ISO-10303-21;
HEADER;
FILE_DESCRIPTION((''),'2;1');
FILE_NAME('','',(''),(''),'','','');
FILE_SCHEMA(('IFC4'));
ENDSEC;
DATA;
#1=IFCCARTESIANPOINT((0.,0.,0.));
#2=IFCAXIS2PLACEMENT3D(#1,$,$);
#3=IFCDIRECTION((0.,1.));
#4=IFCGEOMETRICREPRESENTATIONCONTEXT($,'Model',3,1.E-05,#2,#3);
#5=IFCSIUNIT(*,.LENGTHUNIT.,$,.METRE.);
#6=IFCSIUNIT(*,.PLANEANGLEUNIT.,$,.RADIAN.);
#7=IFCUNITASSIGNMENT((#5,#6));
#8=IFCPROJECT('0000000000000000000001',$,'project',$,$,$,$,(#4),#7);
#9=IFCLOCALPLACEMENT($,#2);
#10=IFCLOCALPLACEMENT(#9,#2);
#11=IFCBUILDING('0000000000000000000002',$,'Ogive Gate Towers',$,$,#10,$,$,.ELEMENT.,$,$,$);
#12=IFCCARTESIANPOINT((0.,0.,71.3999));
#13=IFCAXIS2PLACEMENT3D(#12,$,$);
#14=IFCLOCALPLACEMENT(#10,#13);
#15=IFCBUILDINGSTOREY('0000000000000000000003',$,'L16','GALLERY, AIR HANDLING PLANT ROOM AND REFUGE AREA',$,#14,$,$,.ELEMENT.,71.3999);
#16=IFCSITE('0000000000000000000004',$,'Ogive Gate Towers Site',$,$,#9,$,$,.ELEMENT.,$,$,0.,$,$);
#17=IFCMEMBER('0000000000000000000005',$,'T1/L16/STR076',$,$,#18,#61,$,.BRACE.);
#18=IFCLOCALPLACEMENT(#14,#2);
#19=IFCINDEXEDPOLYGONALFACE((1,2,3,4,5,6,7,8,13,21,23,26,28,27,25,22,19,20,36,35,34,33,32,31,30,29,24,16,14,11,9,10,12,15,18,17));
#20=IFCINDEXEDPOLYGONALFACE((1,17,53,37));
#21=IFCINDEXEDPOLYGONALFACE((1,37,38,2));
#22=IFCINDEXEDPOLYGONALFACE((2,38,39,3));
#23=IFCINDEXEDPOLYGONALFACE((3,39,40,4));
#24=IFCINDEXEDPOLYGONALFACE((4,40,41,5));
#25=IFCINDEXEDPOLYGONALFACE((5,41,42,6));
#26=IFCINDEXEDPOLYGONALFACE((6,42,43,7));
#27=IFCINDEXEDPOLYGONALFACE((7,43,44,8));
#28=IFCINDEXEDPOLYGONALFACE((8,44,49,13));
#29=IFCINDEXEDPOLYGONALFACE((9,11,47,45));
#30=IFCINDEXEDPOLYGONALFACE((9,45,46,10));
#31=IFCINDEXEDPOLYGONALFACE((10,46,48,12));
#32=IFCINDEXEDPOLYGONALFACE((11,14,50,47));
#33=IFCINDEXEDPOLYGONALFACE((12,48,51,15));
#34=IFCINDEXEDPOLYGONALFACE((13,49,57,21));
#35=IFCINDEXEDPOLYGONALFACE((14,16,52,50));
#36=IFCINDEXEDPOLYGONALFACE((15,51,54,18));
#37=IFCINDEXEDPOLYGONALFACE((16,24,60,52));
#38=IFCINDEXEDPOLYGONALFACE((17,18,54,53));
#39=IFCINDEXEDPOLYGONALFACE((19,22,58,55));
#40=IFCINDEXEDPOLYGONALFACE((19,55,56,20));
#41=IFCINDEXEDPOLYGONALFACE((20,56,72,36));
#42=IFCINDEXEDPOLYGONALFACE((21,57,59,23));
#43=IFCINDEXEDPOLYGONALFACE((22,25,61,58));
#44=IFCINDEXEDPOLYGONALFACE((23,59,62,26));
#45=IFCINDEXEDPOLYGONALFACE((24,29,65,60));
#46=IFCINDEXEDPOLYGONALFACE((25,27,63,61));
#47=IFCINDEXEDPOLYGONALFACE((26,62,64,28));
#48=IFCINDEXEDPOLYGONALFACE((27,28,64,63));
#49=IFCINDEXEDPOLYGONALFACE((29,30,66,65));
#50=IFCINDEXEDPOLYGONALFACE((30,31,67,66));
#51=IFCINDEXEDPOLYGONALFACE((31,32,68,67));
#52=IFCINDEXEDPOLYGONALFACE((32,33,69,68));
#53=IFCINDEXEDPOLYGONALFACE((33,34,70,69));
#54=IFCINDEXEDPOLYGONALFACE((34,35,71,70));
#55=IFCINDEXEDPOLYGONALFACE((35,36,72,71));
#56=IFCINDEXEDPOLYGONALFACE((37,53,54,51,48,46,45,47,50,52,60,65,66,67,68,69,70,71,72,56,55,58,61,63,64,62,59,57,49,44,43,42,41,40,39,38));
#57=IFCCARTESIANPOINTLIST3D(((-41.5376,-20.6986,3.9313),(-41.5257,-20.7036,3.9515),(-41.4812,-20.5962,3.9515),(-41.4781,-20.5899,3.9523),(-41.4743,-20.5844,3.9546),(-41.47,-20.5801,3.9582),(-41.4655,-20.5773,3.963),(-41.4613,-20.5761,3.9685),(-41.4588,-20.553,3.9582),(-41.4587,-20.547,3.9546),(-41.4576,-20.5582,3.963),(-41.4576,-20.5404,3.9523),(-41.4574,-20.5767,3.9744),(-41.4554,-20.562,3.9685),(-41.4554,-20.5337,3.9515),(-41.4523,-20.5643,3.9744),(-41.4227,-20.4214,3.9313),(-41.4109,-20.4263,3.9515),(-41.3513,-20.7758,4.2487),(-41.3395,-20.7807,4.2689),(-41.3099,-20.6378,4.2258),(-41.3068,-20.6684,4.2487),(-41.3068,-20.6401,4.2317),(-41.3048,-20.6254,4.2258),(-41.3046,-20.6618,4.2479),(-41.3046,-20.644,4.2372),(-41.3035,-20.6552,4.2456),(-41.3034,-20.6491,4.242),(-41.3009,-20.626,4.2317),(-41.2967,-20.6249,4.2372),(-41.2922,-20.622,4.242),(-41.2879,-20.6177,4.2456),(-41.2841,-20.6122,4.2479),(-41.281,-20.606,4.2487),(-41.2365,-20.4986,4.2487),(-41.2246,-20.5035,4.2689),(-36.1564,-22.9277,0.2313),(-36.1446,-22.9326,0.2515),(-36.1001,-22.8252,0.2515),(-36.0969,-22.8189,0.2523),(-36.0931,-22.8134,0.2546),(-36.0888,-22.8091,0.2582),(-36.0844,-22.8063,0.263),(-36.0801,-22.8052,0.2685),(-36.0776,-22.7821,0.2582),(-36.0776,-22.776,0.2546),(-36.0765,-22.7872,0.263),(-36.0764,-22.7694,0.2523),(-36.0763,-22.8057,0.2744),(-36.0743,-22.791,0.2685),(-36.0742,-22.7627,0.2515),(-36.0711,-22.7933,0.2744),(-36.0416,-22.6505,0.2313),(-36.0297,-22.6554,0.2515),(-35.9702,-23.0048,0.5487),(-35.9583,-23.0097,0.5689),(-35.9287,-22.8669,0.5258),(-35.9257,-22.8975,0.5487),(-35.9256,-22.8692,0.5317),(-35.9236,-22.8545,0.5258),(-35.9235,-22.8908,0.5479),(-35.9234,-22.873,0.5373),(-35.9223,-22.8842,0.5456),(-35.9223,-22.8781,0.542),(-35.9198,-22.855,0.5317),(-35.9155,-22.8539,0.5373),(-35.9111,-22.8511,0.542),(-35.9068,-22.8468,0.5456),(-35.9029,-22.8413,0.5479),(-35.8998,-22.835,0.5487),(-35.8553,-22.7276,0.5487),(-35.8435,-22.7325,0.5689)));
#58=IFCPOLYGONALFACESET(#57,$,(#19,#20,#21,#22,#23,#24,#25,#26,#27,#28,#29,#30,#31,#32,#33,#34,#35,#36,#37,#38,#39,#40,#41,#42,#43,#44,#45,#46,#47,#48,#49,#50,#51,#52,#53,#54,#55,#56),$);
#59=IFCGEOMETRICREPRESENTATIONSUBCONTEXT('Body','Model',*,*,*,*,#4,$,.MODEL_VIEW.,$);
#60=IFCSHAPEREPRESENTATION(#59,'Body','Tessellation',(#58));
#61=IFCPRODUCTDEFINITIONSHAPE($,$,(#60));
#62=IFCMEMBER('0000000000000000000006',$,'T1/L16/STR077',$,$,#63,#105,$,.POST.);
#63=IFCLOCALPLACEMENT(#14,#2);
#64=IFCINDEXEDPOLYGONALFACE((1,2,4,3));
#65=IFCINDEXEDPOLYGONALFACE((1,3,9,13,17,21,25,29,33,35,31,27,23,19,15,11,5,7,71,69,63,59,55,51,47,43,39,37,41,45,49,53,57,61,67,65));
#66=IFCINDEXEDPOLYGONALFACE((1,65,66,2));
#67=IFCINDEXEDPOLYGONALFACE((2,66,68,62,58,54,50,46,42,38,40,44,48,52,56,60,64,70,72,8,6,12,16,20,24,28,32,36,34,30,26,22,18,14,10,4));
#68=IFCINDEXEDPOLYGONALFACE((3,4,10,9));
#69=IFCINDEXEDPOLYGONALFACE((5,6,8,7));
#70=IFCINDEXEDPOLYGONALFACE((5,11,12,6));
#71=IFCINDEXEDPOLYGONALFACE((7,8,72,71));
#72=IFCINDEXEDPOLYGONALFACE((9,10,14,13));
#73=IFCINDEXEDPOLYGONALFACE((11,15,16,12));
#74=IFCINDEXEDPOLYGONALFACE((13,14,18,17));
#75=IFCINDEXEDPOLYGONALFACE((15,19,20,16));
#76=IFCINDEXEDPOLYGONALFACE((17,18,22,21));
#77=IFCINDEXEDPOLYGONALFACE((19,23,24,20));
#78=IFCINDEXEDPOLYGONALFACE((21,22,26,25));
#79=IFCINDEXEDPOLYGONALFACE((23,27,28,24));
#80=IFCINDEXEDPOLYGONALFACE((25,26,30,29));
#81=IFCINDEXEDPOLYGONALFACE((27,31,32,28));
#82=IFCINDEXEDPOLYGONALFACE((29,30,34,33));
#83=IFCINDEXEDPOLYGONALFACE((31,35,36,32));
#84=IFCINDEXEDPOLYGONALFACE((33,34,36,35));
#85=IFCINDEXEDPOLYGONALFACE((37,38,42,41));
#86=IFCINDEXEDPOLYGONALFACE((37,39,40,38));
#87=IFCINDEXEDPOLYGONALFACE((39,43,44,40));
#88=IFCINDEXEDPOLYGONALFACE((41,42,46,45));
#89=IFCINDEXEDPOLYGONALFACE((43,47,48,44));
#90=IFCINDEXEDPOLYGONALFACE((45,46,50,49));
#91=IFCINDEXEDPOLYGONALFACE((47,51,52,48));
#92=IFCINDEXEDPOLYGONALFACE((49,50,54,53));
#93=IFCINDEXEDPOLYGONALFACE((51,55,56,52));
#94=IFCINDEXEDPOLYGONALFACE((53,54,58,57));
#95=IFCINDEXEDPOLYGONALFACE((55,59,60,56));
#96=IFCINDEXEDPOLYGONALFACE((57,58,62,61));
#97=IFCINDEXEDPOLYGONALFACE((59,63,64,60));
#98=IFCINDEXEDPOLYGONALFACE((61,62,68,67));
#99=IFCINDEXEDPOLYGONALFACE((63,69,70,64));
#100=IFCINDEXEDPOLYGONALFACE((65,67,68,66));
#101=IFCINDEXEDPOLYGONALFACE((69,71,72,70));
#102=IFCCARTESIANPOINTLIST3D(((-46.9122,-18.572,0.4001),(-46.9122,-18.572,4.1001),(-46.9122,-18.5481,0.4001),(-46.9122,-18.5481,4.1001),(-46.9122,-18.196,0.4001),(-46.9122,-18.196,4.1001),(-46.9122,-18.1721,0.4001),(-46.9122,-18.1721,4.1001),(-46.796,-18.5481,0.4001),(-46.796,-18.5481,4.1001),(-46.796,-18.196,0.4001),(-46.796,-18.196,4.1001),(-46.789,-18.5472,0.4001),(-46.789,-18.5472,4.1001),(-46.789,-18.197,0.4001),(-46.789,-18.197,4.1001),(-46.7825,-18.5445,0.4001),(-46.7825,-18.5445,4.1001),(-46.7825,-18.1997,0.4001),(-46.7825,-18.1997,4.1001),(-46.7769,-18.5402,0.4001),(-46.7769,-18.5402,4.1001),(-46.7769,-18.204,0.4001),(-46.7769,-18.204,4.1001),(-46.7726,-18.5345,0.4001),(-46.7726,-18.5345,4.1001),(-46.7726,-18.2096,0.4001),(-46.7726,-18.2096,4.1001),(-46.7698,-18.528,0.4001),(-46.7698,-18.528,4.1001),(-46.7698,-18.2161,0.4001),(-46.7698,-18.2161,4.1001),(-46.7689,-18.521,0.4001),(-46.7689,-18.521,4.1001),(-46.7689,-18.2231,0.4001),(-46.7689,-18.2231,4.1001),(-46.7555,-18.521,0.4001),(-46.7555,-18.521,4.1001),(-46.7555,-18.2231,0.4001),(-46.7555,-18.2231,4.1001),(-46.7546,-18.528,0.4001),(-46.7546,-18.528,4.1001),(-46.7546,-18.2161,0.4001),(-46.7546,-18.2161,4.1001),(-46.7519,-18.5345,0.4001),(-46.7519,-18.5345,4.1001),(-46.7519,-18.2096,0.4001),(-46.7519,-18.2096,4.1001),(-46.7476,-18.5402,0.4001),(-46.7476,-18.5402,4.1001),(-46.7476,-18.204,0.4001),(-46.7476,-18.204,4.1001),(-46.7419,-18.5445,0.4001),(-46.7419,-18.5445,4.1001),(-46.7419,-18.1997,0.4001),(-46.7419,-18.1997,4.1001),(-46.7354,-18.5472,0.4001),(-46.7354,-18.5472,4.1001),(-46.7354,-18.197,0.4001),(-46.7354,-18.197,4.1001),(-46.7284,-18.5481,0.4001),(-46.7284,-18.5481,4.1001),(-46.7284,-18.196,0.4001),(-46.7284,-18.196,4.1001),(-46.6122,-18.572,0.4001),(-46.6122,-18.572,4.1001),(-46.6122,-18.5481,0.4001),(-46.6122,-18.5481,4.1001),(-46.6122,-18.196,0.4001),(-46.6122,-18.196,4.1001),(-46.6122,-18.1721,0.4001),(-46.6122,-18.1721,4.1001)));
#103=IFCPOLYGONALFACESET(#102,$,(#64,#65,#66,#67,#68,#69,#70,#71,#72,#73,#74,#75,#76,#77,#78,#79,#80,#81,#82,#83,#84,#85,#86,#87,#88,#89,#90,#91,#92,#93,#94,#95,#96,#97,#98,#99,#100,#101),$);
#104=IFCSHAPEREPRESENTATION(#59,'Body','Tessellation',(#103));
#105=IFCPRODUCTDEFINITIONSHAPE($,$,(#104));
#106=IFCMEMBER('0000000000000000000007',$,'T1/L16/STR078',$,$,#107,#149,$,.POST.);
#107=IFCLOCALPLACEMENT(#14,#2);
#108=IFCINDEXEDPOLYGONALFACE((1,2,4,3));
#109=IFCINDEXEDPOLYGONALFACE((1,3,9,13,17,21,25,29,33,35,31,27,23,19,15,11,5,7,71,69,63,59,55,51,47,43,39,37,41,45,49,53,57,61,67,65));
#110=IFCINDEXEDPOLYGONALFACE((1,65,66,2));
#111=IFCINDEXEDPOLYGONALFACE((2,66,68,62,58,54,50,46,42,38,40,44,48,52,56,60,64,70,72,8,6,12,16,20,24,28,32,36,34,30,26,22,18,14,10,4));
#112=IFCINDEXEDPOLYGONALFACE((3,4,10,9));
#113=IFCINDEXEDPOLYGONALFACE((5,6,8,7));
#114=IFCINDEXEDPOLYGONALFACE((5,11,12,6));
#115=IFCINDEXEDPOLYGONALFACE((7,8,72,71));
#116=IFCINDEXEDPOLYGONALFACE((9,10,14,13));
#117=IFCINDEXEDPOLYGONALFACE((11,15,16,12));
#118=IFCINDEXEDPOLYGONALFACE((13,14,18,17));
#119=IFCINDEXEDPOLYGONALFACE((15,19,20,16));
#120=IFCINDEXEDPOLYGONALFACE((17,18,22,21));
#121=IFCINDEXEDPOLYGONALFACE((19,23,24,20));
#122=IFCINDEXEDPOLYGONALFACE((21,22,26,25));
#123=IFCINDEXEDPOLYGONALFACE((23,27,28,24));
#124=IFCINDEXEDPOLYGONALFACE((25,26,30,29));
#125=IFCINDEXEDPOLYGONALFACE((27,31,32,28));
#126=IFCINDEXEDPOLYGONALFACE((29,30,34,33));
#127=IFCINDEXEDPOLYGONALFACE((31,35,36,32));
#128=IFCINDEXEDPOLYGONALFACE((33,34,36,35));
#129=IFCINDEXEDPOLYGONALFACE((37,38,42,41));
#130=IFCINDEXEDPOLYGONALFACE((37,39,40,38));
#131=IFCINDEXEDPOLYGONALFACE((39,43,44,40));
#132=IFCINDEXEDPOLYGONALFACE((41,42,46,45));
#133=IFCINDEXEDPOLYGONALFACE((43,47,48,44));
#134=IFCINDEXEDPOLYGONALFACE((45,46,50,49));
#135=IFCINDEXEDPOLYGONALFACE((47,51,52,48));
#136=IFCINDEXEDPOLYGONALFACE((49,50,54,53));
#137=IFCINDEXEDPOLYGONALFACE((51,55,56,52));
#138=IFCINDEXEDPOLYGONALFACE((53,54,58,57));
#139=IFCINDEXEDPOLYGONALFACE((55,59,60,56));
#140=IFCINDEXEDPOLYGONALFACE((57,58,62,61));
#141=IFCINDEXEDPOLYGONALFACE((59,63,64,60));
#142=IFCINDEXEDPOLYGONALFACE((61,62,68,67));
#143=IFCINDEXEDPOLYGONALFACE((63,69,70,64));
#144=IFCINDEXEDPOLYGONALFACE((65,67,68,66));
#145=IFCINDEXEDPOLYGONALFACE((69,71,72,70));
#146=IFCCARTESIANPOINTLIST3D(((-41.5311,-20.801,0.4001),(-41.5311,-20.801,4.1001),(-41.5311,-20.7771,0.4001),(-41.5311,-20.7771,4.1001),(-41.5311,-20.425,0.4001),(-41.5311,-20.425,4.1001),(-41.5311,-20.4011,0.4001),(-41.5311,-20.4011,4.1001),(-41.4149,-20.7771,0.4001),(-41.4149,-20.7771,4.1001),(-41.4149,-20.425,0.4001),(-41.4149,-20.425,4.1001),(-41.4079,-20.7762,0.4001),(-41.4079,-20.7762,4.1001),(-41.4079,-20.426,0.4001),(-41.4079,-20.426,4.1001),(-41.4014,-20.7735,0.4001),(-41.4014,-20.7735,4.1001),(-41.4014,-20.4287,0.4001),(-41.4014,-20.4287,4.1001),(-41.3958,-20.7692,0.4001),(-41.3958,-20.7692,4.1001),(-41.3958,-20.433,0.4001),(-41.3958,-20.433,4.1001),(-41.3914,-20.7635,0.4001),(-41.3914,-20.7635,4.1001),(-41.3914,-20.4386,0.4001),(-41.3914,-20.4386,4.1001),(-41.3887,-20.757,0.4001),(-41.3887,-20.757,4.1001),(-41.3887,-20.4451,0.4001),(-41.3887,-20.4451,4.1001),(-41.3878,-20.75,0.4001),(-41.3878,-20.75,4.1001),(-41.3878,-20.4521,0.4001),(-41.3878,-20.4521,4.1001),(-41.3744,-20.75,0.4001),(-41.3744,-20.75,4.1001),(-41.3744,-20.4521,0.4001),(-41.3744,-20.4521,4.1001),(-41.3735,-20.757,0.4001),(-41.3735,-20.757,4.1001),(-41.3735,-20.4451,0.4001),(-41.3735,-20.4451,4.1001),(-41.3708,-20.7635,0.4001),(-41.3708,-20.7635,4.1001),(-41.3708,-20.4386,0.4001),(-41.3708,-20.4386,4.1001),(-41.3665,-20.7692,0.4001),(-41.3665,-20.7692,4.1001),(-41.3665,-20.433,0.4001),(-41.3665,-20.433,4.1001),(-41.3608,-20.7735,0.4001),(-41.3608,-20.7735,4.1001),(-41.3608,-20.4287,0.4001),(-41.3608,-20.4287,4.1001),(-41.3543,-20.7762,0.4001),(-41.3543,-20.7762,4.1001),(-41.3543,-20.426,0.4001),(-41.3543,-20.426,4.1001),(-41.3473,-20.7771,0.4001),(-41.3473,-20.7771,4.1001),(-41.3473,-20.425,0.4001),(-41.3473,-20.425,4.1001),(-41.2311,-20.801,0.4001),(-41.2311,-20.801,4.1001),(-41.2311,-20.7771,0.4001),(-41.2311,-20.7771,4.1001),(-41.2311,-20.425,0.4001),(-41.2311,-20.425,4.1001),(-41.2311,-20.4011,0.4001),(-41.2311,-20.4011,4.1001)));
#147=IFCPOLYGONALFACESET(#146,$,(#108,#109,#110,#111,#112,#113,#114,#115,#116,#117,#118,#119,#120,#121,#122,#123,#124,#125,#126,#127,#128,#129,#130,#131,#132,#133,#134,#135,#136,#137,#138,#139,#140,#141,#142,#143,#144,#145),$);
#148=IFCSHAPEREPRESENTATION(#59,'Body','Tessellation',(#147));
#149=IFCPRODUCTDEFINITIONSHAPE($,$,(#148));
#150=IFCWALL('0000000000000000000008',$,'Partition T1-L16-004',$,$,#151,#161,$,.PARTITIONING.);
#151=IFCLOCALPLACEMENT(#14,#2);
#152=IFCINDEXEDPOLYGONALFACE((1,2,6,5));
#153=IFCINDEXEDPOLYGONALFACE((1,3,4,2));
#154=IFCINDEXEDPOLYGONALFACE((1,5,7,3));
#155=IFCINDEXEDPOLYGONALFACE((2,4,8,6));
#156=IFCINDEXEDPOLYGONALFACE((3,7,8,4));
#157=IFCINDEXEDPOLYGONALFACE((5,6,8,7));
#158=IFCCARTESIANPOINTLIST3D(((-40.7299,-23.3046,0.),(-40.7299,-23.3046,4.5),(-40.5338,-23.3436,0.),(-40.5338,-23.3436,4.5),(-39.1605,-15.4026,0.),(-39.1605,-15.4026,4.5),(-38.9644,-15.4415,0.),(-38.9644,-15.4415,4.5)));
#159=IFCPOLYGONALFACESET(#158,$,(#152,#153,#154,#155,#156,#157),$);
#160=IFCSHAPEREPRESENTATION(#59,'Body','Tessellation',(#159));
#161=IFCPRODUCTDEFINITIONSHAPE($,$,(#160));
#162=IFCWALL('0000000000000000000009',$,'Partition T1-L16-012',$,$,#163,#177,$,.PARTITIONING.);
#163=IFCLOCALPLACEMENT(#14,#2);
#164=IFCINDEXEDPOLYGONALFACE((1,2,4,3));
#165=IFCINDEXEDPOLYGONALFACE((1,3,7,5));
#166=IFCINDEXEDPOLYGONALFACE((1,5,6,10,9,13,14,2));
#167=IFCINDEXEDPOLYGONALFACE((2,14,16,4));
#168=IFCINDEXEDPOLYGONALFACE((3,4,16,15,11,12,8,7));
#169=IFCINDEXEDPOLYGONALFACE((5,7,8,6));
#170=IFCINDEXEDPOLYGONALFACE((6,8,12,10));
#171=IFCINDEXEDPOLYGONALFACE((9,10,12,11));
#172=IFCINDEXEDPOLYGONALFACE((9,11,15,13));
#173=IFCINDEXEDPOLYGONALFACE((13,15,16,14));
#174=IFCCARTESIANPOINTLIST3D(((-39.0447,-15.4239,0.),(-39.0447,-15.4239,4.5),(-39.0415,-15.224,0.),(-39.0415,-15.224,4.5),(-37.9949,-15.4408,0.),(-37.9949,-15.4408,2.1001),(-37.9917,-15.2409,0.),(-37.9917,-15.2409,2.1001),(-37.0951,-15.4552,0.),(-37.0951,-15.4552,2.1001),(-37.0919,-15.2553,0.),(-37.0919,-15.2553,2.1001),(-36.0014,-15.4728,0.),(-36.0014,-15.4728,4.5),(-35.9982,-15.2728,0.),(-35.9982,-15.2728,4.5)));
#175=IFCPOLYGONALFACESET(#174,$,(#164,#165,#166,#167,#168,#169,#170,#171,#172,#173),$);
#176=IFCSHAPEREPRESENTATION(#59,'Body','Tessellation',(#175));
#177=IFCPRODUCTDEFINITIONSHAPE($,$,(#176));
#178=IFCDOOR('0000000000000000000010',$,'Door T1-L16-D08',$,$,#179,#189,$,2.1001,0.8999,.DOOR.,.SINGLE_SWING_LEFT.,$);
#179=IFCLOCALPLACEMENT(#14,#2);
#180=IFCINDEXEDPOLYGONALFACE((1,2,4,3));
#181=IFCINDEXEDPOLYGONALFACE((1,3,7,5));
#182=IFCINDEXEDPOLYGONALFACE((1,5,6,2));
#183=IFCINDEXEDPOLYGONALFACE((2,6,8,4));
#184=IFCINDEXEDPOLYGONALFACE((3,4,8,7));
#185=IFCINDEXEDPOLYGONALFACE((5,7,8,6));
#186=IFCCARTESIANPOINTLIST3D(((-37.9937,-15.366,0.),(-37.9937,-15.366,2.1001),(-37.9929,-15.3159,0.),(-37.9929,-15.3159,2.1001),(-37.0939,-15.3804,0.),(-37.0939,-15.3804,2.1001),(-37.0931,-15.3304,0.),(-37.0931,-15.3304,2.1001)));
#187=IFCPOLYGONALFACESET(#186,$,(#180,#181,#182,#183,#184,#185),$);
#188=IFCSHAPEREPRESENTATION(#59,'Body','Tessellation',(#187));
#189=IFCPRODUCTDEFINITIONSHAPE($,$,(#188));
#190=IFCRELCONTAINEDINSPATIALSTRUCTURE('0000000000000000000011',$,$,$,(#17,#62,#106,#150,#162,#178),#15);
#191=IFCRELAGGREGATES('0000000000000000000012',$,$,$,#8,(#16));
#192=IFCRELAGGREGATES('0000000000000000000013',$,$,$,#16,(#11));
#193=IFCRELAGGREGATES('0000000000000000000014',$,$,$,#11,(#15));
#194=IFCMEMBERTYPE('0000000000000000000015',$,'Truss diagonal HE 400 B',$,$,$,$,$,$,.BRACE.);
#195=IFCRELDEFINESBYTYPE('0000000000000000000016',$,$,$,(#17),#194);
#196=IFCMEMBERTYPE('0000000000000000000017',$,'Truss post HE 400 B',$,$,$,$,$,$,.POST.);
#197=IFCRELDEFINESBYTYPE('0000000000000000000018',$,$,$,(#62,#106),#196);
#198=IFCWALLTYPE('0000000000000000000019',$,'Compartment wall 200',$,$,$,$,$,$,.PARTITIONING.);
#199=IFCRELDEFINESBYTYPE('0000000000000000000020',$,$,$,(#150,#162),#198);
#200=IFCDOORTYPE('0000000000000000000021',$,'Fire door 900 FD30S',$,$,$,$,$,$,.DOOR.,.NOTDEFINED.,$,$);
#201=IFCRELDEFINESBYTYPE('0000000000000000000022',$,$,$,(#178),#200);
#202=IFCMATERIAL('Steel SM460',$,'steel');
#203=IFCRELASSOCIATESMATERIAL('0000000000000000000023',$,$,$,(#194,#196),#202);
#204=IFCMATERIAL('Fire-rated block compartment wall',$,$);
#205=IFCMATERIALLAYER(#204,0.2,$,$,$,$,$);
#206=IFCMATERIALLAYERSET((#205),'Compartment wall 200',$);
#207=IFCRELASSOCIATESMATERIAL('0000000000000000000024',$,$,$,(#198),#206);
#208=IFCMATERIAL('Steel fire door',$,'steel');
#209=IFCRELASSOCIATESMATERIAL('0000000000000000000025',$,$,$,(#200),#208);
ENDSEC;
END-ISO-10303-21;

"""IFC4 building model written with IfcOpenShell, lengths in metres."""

from ifc_helpers import new_model, si_unit, direction, frame, frame_2d, origin, origin_2d, place, context, subcontext, project, spatial, rectangle, i_section, extrude, material, layer, layer_set, material_profile, profile_set, type_object, element, fill, save


model = new_model("IFC4")

# Units and contexts
model_context = context("Model", 3, precision=1e-05, world=origin(), true_north=direction((0.0, 1.0)))
body_context = subcontext(model_context, "Body", "Model", "MODEL_VIEW")
ifc_project = project(units=[si_unit("LENGTHUNIT", "METRE"), si_unit("PLANEANGLEUNIT", "RADIAN")], contexts=[model_context])

# Site, building, storey
site_placement = place(None, origin())
site = spatial("IfcSite", under=ifc_project, at=site_placement, Name="Ogive Gate Towers Site", CompositionType="ELEMENT", RefElevation=0.0)
building_placement = place(site_placement, origin())
building = spatial("IfcBuilding", under=site, at=building_placement, Name="Ogive Gate Towers", CompositionType="ELEMENT")
storey_placement = place(building_placement, frame((0.0, 0.0, 71.3999)))
storey = spatial("IfcBuildingStorey", under=building, at=storey_placement, Name="L16", Description="GALLERY, AIR HANDLING PLANT ROOM AND REFUGE AREA", CompositionType="ELEMENT", Elevation=71.3999)

# Shared definitions
ifc_material_1 = material(Name="Steel SM460", Category="steel")

# Members
ifc_material_profile_1 = material_profile(ifc_material_1, i_section(OverallWidth=0.3, OverallDepth=0.3999, WebThickness=0.0134, FlangeThickness=0.0239, FilletRadius=0.0271, at=origin_2d()), Name="HE 400 B")
ifc_profile_set_1 = profile_set([ifc_material_profile_1], Name="Steel SM460")
member_type_1 = type_object("IfcMemberType", Name="Truss diagonal HE 400 B", PredefinedType="BRACE", material=ifc_profile_set_1)
for number, where, z_axis, x_axis, name in (
    (1, (-41.3811, -20.6011, 4.1001), (0.779834, -0.323029, -0.5362), (0.382695, 0.923875, 0.0), "T1/L16/STR076"),
):
    element("IfcMember", number, at=place(storey_placement, frame(where, z_axis=z_axis, x_axis=x_axis)), inside=storey, type_object=member_type_1, Name=name, PredefinedType="BRACE", context=body_context, shape_type="SweptSolid", body=[
        extrude(i_section(OverallWidth=0.3, OverallDepth=0.3999, WebThickness=0.0134, FlangeThickness=0.0239, FilletRadius=0.0271, at=origin_2d()), origin(), (0.0, 0.0, 1.0), 6.9004),
    ])
ifc_material_profile_2 = material_profile(ifc_material_1, i_section(OverallWidth=0.3, OverallDepth=0.3999, WebThickness=0.0134, FlangeThickness=0.0239, FilletRadius=0.0271, at=origin_2d()), Name="HE 400 B")
ifc_profile_set_2 = profile_set([ifc_material_profile_2], Name="Steel SM460")
member_type_2 = type_object("IfcMemberType", Name="Truss post HE 400 B", PredefinedType="POST", material=ifc_profile_set_2)
for number, where, z_axis, x_axis, name in (
    (2, (-46.7622, -18.3721, 0.4001), (0.0, 0.0, 1.0), (1.0, 0.0, 0.0), "T1/L16/STR077"),
    (3, (-41.3811, -20.6011, 0.4001), (0.0, 0.0, 1.0), (1.0, 0.0, 0.0), "T1/L16/STR078"),
):
    element("IfcMember", number, at=place(storey_placement, frame(where, z_axis=z_axis, x_axis=x_axis)), inside=storey, type_object=member_type_2, Name=name, PredefinedType="POST", context=body_context, shape_type="SweptSolid", body=[
        extrude(i_section(OverallWidth=0.3, OverallDepth=0.3999, WebThickness=0.0134, FlangeThickness=0.0239, FilletRadius=0.0271, at=origin_2d()), origin(), (0.0, 0.0, 1.0), 3.7),
    ])

# Wall
ifc_material_2 = material(Name="Fire-rated block compartment wall")
ifc_layer_1 = layer(ifc_material_2, 0.2)
ifc_layer_set_1 = layer_set([ifc_layer_1], Name="Compartment wall 200")
wall_type_1 = type_object("IfcWallType", Name="Compartment wall 200", PredefinedType="PARTITIONING", material=ifc_layer_set_1)
wall_1_placement = place(storey_placement, frame((-40.6318, -23.3242, 0.0), z_axis=(0.0, 0.0, 1.0), x_axis=(0.194793, 0.980844, 0.0)))
element("IfcWall", 4, at=wall_1_placement, inside=storey, type_object=wall_type_1, Name="Partition T1-L16-004", PredefinedType="PARTITIONING", context=body_context, shape_type="SweptSolid", body=[
    extrude(rectangle(XDim=8.0564, YDim=0.2, at=frame_2d((4.0283, 0.0))), origin(), (0.0, 0.0, 1.0), 4.5),
])

# Wall, opening, door
wall_2_placement = place(storey_placement, frame((-39.0432, -15.324, 0.0), z_axis=(0.0, 0.0, 1.0), x_axis=(0.999871, -0.016043, 0.0)))
wall_2 = element("IfcWall", 5, at=wall_2_placement, inside=storey, type_object=wall_type_1, Name="Partition T1-L16-012", PredefinedType="PARTITIONING", context=body_context, shape_type="SweptSolid", body=[
    extrude(rectangle(XDim=3.0437, YDim=0.2, at=frame_2d((1.522, 0.0))), origin(), (0.0, 0.0, 1.0), 4.5),
])
opening_1_placement = place(wall_2_placement, frame((1.05, 0.0, 0.0)))
opening_1 = element("IfcOpeningElement", 6, at=opening_1_placement, cuts=wall_2, PredefinedType="OPENING", context=body_context, shape_type="SweptSolid", body=[
    extrude(rectangle(XDim=0.8999, YDim=2.1001, at=frame_2d((0.45, 1.05))), frame((0.0, 0.1099, 0.0), z_axis=(0.0, -1.0, 0.0), x_axis=(1.0, 0.0, 0.0)), (0.0, 0.0, 1.0), 0.22),
])
ifc_material_3 = material(Name="Steel fire door", Category="steel")
door_type_1 = type_object("IfcDoorType", Name="Fire door 900 FD30S", OperationType="NOTDEFINED", PredefinedType="DOOR", material=ifc_material_3)
door_1_placement = place(opening_1_placement, origin())
door_1 = element("IfcDoor", 7, at=door_1_placement, inside=storey, type_object=door_type_1, Name="Door T1-L16-D08", OperationType="SINGLE_SWING_LEFT", OverallHeight=2.1001, OverallWidth=0.8999, PredefinedType="DOOR", context=body_context, shape_type="SweptSolid", body=[
    extrude(rectangle(XDim=0.8999, YDim=2.1001, at=frame_2d((0.45, 1.05))), frame((0.0, 0.0249, 0.0), z_axis=(0.0, -1.0, 0.0), x_axis=(1.0, 0.0, 0.0)), (0.0, 0.0, 1.0), 0.05),
])
fill(opening_1, door_1)

save(model, "model.ifc")
